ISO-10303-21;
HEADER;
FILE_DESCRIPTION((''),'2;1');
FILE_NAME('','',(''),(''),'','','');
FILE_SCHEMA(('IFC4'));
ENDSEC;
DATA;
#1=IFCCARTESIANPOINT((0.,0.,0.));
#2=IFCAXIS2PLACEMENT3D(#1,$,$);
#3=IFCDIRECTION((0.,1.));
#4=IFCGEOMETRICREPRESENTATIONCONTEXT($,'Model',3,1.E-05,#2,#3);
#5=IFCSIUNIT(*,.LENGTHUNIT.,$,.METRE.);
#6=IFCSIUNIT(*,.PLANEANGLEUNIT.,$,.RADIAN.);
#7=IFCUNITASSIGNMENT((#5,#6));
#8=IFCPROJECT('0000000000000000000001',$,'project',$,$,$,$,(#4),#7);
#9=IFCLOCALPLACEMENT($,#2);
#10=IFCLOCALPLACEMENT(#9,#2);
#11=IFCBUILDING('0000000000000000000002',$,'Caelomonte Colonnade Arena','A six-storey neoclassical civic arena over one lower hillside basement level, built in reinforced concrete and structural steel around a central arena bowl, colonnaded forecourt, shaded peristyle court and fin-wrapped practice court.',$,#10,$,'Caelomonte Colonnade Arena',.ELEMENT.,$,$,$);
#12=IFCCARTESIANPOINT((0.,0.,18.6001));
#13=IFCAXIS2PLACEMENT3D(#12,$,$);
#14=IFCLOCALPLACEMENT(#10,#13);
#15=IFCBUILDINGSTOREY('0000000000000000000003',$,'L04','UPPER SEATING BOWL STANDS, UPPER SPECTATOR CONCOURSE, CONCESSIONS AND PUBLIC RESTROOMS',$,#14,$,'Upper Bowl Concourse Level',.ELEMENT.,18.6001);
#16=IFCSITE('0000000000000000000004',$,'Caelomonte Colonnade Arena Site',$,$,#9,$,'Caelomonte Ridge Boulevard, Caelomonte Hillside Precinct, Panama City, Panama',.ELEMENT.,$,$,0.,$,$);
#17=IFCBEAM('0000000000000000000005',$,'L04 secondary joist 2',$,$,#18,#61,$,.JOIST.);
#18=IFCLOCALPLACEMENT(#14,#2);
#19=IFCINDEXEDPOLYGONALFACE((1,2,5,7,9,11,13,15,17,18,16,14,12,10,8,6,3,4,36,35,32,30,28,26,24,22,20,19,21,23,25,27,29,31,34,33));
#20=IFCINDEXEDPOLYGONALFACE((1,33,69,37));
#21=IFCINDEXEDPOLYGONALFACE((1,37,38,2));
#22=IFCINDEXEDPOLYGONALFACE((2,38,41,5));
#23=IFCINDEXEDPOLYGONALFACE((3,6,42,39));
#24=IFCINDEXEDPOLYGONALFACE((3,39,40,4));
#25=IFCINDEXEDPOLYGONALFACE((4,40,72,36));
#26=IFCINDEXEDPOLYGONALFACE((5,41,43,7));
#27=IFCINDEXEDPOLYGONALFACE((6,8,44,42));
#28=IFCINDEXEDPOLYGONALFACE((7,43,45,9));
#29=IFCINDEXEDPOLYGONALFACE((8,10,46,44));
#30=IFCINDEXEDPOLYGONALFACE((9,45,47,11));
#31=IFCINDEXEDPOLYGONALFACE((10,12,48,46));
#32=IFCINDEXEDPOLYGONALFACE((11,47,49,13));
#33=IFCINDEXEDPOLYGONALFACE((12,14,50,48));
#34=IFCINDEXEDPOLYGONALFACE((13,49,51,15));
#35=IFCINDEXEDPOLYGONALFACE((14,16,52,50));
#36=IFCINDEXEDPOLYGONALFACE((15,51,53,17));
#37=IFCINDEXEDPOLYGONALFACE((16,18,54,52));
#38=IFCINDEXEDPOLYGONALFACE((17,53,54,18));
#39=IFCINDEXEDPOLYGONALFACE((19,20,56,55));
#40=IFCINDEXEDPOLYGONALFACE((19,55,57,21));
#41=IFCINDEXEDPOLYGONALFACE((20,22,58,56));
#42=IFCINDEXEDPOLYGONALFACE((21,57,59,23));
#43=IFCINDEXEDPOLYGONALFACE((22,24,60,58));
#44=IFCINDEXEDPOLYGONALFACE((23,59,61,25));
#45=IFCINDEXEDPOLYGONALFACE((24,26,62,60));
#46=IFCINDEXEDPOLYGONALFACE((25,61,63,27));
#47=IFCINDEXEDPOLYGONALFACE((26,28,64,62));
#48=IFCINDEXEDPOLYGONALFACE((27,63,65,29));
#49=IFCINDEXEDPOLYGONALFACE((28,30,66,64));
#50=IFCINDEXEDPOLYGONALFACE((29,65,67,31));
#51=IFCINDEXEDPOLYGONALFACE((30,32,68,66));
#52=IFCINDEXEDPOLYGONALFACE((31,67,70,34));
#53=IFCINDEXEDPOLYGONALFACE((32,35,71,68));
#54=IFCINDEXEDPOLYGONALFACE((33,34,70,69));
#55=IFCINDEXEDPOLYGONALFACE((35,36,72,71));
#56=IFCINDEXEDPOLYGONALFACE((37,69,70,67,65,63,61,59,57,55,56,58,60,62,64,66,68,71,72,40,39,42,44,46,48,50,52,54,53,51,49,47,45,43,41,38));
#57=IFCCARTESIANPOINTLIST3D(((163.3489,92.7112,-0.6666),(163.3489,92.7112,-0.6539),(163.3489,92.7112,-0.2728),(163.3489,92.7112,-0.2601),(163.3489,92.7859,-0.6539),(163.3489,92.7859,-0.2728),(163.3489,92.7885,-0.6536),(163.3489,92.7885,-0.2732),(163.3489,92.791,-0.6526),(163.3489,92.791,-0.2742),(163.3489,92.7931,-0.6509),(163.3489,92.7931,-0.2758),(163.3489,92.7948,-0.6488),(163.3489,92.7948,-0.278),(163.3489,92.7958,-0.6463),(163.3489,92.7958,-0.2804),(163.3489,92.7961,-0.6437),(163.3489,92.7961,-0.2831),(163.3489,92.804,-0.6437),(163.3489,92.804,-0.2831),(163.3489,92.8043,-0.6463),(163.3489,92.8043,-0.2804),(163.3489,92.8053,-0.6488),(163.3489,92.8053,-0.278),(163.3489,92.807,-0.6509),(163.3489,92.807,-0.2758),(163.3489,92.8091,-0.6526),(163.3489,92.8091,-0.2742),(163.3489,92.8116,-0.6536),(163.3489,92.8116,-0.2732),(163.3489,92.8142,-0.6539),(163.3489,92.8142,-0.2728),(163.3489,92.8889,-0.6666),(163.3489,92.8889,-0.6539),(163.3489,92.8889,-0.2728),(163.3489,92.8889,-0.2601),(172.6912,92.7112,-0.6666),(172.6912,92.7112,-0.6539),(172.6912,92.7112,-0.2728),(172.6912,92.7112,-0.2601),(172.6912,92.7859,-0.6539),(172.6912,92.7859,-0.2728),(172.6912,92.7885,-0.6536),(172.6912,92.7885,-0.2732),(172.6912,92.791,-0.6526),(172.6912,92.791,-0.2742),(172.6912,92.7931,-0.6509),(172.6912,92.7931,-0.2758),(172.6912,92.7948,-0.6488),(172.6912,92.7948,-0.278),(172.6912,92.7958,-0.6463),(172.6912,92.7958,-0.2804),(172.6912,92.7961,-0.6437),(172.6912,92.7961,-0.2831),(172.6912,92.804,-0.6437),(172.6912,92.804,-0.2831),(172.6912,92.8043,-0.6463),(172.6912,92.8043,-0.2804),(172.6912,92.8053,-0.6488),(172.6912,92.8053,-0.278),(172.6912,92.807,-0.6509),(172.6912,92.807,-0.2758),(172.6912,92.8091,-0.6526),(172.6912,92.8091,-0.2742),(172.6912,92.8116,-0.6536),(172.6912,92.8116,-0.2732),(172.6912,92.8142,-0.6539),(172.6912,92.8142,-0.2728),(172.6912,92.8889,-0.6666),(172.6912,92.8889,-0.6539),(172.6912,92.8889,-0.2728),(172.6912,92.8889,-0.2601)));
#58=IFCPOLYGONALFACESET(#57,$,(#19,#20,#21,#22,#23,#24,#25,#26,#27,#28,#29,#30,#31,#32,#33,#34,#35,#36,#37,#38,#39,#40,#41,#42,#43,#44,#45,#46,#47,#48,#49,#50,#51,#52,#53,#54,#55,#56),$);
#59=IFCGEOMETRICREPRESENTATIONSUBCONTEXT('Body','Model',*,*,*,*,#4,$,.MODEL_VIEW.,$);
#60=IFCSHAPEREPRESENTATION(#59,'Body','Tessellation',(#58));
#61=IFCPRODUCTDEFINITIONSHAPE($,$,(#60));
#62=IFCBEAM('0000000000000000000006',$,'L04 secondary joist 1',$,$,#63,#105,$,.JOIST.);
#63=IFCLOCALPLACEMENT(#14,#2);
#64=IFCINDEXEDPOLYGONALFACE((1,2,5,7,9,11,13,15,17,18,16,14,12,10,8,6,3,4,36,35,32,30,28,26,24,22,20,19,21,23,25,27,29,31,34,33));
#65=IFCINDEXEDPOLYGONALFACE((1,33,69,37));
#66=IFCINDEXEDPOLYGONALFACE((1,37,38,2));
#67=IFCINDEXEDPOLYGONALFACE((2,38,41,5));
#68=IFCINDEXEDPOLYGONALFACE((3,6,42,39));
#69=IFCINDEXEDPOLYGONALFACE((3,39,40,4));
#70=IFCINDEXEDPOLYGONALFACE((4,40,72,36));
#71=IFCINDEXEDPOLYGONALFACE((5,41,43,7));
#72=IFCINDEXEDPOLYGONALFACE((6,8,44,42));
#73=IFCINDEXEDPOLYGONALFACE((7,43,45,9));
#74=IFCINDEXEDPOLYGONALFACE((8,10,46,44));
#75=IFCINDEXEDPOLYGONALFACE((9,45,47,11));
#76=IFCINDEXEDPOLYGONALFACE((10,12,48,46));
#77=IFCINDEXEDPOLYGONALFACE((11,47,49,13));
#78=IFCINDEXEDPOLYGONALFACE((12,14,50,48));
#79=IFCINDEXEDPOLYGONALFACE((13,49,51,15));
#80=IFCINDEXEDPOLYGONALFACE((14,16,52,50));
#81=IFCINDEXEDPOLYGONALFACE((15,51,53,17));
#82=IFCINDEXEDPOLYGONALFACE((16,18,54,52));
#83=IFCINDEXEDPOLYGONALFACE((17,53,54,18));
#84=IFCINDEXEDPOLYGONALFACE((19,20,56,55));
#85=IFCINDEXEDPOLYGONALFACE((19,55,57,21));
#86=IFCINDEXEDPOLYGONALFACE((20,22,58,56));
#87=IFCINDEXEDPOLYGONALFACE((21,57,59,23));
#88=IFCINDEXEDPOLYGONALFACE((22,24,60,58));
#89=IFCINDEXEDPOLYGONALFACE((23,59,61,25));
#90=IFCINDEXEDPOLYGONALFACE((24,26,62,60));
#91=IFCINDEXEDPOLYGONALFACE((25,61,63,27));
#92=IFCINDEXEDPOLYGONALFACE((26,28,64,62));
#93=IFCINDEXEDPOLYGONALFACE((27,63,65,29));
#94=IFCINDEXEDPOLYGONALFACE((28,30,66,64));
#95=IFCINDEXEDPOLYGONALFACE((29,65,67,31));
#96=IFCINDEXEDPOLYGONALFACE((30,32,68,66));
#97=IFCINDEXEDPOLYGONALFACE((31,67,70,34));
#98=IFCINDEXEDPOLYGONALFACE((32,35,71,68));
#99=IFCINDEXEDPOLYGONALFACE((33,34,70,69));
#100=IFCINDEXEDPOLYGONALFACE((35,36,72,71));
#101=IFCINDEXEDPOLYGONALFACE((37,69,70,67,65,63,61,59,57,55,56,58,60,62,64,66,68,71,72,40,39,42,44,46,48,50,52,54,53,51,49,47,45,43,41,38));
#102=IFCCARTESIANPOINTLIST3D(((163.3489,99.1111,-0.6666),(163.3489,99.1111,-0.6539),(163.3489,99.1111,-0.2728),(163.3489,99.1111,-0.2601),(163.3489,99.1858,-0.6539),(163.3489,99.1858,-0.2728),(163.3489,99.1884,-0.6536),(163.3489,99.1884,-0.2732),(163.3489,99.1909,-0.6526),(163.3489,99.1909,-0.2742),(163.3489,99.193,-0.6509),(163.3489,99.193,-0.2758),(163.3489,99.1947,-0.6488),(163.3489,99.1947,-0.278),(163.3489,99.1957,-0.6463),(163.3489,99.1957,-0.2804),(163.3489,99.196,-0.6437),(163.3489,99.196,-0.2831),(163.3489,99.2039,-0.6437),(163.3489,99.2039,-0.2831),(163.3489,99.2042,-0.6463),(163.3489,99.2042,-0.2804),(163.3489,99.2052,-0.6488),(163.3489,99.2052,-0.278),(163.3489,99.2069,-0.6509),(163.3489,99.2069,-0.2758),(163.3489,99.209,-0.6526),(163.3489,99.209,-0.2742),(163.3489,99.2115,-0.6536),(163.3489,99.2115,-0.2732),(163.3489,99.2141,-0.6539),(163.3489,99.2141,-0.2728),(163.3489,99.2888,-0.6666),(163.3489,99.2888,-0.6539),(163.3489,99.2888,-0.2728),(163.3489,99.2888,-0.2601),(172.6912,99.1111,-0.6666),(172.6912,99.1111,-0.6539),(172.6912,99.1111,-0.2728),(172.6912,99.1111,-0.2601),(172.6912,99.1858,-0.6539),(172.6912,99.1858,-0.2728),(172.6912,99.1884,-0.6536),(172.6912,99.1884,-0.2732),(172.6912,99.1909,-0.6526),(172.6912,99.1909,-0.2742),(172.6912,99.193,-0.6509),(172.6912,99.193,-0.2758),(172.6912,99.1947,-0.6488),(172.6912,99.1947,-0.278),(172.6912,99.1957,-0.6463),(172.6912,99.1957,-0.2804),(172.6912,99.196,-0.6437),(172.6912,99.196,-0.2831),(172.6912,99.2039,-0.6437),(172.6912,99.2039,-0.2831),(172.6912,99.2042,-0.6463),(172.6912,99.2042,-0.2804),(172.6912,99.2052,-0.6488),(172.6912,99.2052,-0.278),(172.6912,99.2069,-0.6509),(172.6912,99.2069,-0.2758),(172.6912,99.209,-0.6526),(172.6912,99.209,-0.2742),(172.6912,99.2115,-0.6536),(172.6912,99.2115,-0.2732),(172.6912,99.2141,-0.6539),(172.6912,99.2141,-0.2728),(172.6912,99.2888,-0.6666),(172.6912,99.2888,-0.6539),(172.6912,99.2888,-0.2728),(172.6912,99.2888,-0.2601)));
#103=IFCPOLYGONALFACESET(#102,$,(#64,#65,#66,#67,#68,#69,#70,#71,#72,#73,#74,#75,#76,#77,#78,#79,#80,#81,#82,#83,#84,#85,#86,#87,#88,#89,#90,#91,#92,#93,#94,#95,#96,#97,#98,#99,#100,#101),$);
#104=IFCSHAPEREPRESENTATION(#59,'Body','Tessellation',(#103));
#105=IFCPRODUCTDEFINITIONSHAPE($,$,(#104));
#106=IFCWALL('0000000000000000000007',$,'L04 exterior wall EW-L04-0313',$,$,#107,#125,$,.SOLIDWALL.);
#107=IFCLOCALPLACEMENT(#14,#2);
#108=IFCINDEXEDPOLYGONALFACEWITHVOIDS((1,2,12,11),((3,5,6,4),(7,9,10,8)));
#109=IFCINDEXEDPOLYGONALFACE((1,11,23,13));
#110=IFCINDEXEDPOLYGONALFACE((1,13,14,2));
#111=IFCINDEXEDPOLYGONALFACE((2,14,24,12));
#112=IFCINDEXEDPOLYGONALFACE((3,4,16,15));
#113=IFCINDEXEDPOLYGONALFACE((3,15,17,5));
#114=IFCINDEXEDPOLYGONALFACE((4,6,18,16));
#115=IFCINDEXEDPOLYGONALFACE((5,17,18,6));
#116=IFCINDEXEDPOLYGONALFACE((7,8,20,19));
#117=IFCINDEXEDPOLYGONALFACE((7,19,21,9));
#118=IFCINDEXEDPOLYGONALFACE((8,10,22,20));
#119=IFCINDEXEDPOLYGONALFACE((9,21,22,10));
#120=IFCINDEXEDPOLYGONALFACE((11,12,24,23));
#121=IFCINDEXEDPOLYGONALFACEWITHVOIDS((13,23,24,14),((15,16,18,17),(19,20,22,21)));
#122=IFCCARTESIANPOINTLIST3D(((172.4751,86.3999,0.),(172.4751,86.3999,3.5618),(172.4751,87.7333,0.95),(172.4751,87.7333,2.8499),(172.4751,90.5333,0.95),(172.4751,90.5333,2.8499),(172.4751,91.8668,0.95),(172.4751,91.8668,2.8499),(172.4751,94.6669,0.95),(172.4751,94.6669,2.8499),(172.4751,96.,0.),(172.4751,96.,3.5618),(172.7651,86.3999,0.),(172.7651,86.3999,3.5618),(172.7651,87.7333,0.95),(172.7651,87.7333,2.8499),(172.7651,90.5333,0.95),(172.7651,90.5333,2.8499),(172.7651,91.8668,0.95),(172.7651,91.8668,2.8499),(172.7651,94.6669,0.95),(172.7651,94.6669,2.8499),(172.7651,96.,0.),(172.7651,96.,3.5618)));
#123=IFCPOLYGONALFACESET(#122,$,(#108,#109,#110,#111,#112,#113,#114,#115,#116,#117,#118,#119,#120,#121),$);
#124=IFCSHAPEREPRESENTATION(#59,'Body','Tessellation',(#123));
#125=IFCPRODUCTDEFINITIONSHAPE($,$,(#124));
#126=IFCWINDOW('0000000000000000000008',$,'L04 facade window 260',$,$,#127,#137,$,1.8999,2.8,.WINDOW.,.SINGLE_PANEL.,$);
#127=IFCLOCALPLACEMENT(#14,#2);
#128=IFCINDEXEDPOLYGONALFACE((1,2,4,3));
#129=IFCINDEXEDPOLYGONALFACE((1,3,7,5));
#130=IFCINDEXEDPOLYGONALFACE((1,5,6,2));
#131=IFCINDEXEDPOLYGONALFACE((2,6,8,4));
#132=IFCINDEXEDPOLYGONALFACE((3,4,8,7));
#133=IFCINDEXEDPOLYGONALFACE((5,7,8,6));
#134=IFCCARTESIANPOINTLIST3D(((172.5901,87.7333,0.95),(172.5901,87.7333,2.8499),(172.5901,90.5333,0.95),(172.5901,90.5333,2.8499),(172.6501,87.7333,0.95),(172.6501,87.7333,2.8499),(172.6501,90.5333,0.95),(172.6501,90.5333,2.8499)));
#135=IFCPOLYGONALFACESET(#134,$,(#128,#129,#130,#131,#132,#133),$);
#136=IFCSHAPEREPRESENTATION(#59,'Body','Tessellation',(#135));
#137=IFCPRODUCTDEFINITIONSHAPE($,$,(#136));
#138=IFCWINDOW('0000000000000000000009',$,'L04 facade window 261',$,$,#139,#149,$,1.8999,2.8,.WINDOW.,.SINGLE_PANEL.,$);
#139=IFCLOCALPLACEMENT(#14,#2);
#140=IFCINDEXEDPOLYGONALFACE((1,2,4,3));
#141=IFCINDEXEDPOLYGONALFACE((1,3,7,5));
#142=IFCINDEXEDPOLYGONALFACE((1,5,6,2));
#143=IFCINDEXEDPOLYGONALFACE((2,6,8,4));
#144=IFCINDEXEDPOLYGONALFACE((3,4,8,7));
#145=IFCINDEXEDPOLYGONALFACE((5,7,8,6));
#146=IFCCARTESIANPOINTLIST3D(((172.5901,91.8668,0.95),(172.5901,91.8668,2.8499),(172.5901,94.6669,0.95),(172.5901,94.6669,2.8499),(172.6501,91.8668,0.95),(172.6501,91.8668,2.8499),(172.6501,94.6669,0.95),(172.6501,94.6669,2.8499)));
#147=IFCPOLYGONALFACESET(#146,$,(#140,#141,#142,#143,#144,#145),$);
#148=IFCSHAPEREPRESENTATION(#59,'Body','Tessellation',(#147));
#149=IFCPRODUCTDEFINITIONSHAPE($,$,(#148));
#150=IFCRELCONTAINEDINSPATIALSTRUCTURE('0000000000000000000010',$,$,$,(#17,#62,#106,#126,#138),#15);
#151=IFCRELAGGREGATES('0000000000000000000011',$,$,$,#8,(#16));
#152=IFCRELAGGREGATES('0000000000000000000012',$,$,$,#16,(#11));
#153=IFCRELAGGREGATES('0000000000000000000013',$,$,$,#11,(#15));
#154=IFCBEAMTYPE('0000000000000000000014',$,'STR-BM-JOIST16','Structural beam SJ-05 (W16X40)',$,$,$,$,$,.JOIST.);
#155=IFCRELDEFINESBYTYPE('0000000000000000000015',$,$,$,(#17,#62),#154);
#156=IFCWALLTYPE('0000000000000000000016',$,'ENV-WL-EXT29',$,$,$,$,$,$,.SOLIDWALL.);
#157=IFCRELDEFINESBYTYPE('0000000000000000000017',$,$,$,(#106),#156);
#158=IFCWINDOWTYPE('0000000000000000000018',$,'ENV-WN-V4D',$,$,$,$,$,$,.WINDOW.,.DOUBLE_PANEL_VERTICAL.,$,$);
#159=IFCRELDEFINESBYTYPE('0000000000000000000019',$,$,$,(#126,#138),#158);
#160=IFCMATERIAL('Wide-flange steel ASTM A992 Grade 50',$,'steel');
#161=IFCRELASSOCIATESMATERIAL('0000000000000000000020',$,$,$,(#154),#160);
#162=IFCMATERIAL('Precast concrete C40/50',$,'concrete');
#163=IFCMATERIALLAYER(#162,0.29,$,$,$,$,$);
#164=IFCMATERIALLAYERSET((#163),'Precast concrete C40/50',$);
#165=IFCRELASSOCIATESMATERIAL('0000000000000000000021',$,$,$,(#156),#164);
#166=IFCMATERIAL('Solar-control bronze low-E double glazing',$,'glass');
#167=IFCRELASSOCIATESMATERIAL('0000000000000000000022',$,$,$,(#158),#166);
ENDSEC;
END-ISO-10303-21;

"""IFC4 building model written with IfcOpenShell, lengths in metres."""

from ifc_helpers import new_model, si_unit, direction, frame, frame_2d, origin, origin_2d, place, context, subcontext, project, spatial, rectangle, i_section, extrude, material, layer, layer_set, material_profile, profile_set, type_object, element, fill, save


model = new_model("IFC4")

# Units and contexts
model_context = context("Model", 3, precision=1e-05, world=origin(), true_north=direction((0.0, 1.0)))
body_context = subcontext(model_context, "Body", "Model", "MODEL_VIEW")
ifc_project = project(units=[si_unit("LENGTHUNIT", "METRE"), si_unit("PLANEANGLEUNIT", "RADIAN")], contexts=[model_context])

# Site, building, storey
site_placement = place(None, origin())
site = spatial("IfcSite", under=ifc_project, at=site_placement, Name="Caelomonte Colonnade Arena Site", LongName="Caelomonte Ridge Boulevard, Caelomonte Hillside Precinct, Panama City, Panama", CompositionType="ELEMENT", RefElevation=0.0)
building_placement = place(site_placement, origin())
building = spatial("IfcBuilding", under=site, at=building_placement, Name="Caelomonte Colonnade Arena", Description="A six-storey neoclassical civic arena over one lower hillside basement level, built in reinforced concrete and structural steel around a central arena bowl, colonnaded forecourt, shaded peristyle court and fin-wrapped practice court.", LongName="Caelomonte Colonnade Arena", CompositionType="ELEMENT")
storey_placement = place(building_placement, frame((0.0, 0.0, 18.6001)))
storey = spatial("IfcBuildingStorey", under=building, at=storey_placement, Name="L04", Description="UPPER SEATING BOWL STANDS, UPPER SPECTATOR CONCOURSE, CONCESSIONS AND PUBLIC RESTROOMS", LongName="Upper Bowl Concourse Level", CompositionType="ELEMENT", Elevation=18.6001)

# Shared definitions
ifc_material_1 = material(Name="Wide-flange steel ASTM A992 Grade 50", Category="steel")

# Beams
ifc_material_profile_1 = material_profile(ifc_material_1, i_section(OverallWidth=0.1777, OverallDepth=0.4065, WebThickness=0.0078, FlangeThickness=0.0127, FilletRadius=0.0103, at=origin_2d()), Name="W16X40")
ifc_profile_set_1 = profile_set([ifc_material_profile_1], Name="Wide-flange steel ASTM A992 Grade 50")
beam_type_1 = type_object("IfcBeamType", Name="STR-BM-JOIST16", Description="Structural beam SJ-05 (W16X40)", PredefinedType="JOIST", material=ifc_profile_set_1)
for number, where, z_axis, x_axis, name in (
    (1, (163.3489, 92.8, -0.4634), (1.0, 0.0, 0.0), (0.0, 1.0, 0.0), "L04 secondary joist 2"),
    (2, (163.3489, 99.2, -0.4634), (1.0, 0.0, 0.0), (0.0, 1.0, 0.0), "L04 secondary joist 1"),
):
    element("IfcBeam", number, at=place(storey_placement, frame(where, z_axis=z_axis, x_axis=x_axis)), inside=storey, type_object=beam_type_1, Name=name, PredefinedType="JOIST", context=body_context, shape_type="SweptSolid", body=[
        extrude(i_section(OverallWidth=0.1777, OverallDepth=0.4065, WebThickness=0.0078, FlangeThickness=0.0127, FilletRadius=0.0103, at=origin_2d()), origin(), (0.0, 0.0, 1.0), 9.3423),
    ])

# Wall, openings, windows
ifc_material_2 = material(Name="Precast concrete C40/50", Category="concrete")
ifc_layer_1 = layer(ifc_material_2, 0.29)
ifc_layer_set_1 = layer_set([ifc_layer_1], Name="Precast concrete C40/50")
wall_type_1 = type_object("IfcWallType", Name="ENV-WL-EXT29", PredefinedType="SOLIDWALL", material=ifc_layer_set_1)
wall_1_placement = place(storey_placement, frame((172.6201, 86.3999, 0.0), z_axis=(0.0, 0.0, 1.0), x_axis=(0.0, 1.0, 0.0)))
wall_1 = element("IfcWall", 3, at=wall_1_placement, inside=storey, type_object=wall_type_1, Name="L04 exterior wall EW-L04-0313", PredefinedType="SOLIDWALL", context=body_context, shape_type="SweptSolid", body=[
    extrude(rectangle(XDim=9.6001, YDim=0.29, at=frame_2d((4.8, 0.0))), origin(), (0.0, 0.0, 1.0), 3.5618),
])
opening_1_placement = place(wall_1_placement, frame((4.1333, 0.0, 0.95), z_axis=(0.0, 0.0, 1.0), x_axis=(-1.0, 0.0, 0.0)))
opening_1 = element("IfcOpeningElement", 4, at=opening_1_placement, cuts=wall_1, PredefinedType="OPENING", context=body_context, shape_type="SweptSolid", body=[
    extrude(rectangle(XDim=2.8, YDim=1.8999, at=frame_2d((1.3999, 0.95))), frame((0.0, 0.155, 0.0), z_axis=(0.0, -1.0, 0.0), x_axis=(1.0, 0.0, 0.0)), (0.0, 0.0, 1.0), 0.3101),
])
opening_2_placement = place(wall_1_placement, frame((8.2668, 0.0, 0.95), z_axis=(0.0, 0.0, 1.0), x_axis=(-1.0, 0.0, 0.0)))
opening_2 = element("IfcOpeningElement", 5, at=opening_2_placement, cuts=wall_1, PredefinedType="OPENING", context=body_context, shape_type="SweptSolid", body=[
    extrude(rectangle(XDim=2.8, YDim=1.8999, at=frame_2d((1.3999, 0.95))), frame((0.0, 0.155, 0.0), z_axis=(0.0, -1.0, 0.0), x_axis=(1.0, 0.0, 0.0)), (0.0, 0.0, 1.0), 0.3101),
])
ifc_material_3 = material(Name="Solar-control bronze low-E double glazing", Category="glass")
window_type = type_object("IfcWindowType", Name="ENV-WN-V4D", PartitioningType="DOUBLE_PANEL_VERTICAL", PredefinedType="WINDOW", material=ifc_material_3)
window_1_placement = place(opening_1_placement, origin())
window_1 = element("IfcWindow", 6, at=window_1_placement, inside=storey, type_object=window_type, Name="L04 facade window 260", OverallHeight=1.8999, OverallWidth=2.8, PartitioningType="SINGLE_PANEL", PredefinedType="WINDOW", context=body_context, shape_type="SweptSolid", body=[
    extrude(rectangle(XDim=2.8, YDim=1.8999, at=frame_2d((1.3999, 0.95))), frame((0.0, 0.03, 0.0), z_axis=(0.0, -1.0, 0.0), x_axis=(1.0, 0.0, 0.0)), (0.0, 0.0, 1.0), 0.0601),
])
fill(opening_1, window_1)
window_2_placement = place(opening_2_placement, origin())
window_2 = element("IfcWindow", 7, at=window_2_placement, inside=storey, type_object=window_type, Name="L04 facade window 261", OverallHeight=1.8999, OverallWidth=2.8, PartitioningType="SINGLE_PANEL", PredefinedType="WINDOW", context=body_context, shape_type="SweptSolid", body=[
    extrude(rectangle(XDim=2.8, YDim=1.8999, at=frame_2d((1.3999, 0.95))), frame((0.0, 0.03, 0.0), z_axis=(0.0, -1.0, 0.0), x_axis=(1.0, 0.0, 0.0)), (0.0, 0.0, 1.0), 0.0601),
])
fill(opening_2, window_2)

save(model, "model.ifc")
